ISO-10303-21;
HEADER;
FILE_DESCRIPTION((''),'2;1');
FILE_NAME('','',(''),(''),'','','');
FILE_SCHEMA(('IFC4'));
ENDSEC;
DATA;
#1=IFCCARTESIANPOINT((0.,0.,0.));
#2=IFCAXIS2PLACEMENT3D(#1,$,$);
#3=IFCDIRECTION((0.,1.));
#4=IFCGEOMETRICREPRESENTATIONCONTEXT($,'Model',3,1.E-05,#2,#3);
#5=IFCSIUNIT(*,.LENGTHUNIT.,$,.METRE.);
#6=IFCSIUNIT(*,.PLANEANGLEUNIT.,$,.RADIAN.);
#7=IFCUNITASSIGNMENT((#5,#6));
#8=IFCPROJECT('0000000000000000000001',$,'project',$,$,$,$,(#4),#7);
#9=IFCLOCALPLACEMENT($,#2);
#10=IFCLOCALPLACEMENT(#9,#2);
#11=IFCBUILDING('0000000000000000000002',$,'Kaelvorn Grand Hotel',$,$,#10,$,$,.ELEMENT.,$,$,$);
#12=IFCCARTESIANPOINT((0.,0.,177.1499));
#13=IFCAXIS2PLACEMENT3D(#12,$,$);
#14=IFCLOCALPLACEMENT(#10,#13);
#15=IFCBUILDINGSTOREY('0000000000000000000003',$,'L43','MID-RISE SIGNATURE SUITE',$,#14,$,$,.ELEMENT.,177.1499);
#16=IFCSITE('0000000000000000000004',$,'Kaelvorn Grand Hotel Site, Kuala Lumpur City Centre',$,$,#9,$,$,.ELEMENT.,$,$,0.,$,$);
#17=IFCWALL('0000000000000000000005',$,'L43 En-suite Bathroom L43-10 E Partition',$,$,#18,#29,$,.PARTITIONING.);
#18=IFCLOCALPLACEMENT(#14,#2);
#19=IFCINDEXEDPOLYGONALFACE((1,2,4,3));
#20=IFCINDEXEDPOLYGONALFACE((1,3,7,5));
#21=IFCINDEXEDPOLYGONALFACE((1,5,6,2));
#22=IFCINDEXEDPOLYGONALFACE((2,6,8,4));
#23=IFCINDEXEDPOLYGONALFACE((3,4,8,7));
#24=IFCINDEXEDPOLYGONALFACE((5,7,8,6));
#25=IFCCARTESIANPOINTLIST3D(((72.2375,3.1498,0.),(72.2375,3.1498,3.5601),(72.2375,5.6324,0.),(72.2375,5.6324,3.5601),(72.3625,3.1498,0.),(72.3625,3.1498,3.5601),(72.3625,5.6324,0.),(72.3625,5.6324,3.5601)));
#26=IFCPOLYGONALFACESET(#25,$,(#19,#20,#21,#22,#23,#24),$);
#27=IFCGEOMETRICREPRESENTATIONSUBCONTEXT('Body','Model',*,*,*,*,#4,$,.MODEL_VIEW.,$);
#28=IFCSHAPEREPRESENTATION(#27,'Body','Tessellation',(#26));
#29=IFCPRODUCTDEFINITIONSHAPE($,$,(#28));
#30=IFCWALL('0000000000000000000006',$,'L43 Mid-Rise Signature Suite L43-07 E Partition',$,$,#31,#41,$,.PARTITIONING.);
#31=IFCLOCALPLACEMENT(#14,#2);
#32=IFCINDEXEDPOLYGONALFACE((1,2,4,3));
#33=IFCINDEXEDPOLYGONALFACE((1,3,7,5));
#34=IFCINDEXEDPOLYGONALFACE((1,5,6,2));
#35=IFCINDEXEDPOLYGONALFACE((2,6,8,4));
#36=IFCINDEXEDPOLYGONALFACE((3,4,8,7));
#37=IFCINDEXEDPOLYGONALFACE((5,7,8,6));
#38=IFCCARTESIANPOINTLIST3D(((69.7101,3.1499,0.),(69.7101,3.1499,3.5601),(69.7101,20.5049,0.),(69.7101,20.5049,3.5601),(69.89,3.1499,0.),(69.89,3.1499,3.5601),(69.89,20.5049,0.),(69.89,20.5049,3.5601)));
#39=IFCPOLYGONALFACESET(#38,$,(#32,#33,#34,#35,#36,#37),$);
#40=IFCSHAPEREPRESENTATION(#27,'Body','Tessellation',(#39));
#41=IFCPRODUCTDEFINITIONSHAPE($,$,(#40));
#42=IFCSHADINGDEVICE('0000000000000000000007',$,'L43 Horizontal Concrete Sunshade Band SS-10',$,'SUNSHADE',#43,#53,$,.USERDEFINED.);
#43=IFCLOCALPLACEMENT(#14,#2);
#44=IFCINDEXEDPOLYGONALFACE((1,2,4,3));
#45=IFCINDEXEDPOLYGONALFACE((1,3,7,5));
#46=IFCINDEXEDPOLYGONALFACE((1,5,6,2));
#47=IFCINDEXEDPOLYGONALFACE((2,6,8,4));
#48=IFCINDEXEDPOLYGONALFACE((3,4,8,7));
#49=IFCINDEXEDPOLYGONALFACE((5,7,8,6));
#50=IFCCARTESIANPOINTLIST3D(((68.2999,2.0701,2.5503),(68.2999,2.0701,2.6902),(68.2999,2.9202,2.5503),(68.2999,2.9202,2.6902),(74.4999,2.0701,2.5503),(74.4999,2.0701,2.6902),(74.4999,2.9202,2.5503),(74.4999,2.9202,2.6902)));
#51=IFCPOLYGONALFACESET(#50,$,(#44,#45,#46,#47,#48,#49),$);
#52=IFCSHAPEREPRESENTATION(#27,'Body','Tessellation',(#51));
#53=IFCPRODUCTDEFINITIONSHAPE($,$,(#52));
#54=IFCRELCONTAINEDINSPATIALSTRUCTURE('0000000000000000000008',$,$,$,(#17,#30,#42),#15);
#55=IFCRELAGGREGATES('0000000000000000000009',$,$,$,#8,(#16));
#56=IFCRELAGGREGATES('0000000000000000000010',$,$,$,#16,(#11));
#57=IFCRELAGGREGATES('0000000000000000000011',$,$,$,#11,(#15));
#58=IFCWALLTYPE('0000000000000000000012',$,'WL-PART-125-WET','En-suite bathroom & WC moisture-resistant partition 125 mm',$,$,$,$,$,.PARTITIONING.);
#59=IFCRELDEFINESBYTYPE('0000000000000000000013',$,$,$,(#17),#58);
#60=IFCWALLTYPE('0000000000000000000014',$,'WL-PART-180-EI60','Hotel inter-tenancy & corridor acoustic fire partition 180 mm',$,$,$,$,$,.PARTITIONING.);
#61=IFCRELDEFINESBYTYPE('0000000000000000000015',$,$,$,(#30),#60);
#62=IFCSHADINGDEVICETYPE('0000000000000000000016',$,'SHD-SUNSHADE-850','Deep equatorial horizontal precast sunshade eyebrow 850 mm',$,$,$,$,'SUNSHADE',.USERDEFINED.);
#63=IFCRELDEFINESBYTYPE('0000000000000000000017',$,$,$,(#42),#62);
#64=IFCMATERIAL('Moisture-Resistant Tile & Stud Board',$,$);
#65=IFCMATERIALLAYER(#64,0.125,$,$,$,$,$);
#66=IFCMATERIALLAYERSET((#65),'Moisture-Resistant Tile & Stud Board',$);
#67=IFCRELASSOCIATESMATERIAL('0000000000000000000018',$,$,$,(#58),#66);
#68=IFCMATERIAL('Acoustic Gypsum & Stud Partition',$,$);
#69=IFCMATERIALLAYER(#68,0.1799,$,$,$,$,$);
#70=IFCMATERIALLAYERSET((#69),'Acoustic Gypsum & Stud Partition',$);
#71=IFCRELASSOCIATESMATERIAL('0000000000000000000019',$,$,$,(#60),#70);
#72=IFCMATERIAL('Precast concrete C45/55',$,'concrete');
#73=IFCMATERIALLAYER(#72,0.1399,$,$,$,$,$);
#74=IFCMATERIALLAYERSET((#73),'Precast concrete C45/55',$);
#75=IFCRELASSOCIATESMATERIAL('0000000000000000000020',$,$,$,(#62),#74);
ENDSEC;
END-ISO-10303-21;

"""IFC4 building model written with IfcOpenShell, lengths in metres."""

from ifc_helpers import new_model, si_unit, direction, frame, frame_2d, origin, origin_2d, place, context, subcontext, project, spatial, rectangle, extrude, material, layer, layer_set, type_object, element, save


model = new_model("IFC4")

# Units and contexts
model_context = context("Model", 3, precision=1e-05, world=origin(), true_north=direction((0.0, 1.0)))
body_context = subcontext(model_context, "Body", "Model", "MODEL_VIEW")
ifc_project = project(units=[si_unit("LENGTHUNIT", "METRE"), si_unit("PLANEANGLEUNIT", "RADIAN")], contexts=[model_context])

# Site, building, storey
site_placement = place(None, origin())
site = spatial("IfcSite", under=ifc_project, at=site_placement, Name="Kaelvorn Grand Hotel Site, Kuala Lumpur City Centre", CompositionType="ELEMENT", RefElevation=0.0)
building_placement = place(site_placement, origin())
building = spatial("IfcBuilding", under=site, at=building_placement, Name="Kaelvorn Grand Hotel", CompositionType="ELEMENT")
storey_placement = place(building_placement, frame((0.0, 0.0, 177.1499)))
storey = spatial("IfcBuildingStorey", under=building, at=storey_placement, Name="L43", Description="MID-RISE SIGNATURE SUITE", CompositionType="ELEMENT", Elevation=177.1499)

# Shared definitions
ifc_material_1 = material(Name="Precast concrete C45/55", Category="concrete")

# Shared definitions
ifc_material_2 = material(Name="Moisture-Resistant Tile & Stud Board")
ifc_layer_1 = layer(ifc_material_2, 0.125)
ifc_layer_set_1 = layer_set([ifc_layer_1], Name="Moisture-Resistant Tile & Stud Board")
wall_type_1 = type_object("IfcWallType", Name="WL-PART-125-WET", Description="En-suite bathroom & WC moisture-resistant partition 125 mm", PredefinedType="PARTITIONING", material=ifc_layer_set_1)

# Walls
wall_1_placement = place(storey_placement, frame((72.3, 3.1499, 0.0), z_axis=(0.0, 0.0, 1.0), x_axis=(0.0, 1.0, 0.0)))
element("IfcWall", 1, at=wall_1_placement, inside=storey, type_object=wall_type_1, Name="L43 En-suite Bathroom L43-10 E Partition", PredefinedType="PARTITIONING", context=body_context, shape_type="SweptSolid", body=[
    extrude(rectangle(XDim=2.4827, YDim=0.125, at=frame_2d((1.2412, 0.0))), origin(), (0.0, 0.0, 1.0), 3.5601),
])
ifc_material_3 = material(Name="Acoustic Gypsum & Stud Partition")
ifc_layer_2 = layer(ifc_material_3, 0.1799)
ifc_layer_set_2 = layer_set([ifc_layer_2], Name="Acoustic Gypsum & Stud Partition")
wall_type_2 = type_object("IfcWallType", Name="WL-PART-180-EI60", Description="Hotel inter-tenancy & corridor acoustic fire partition 180 mm", PredefinedType="PARTITIONING", material=ifc_layer_set_2)
wall_2_placement = place(storey_placement, frame((69.8, 3.1499, 0.0), z_axis=(0.0, 0.0, 1.0), x_axis=(0.0, 1.0, 0.0)))
element("IfcWall", 2, at=wall_2_placement, inside=storey, type_object=wall_type_2, Name="L43 Mid-Rise Signature Suite L43-07 E Partition", PredefinedType="PARTITIONING", context=body_context, shape_type="SweptSolid", body=[
    extrude(rectangle(XDim=17.355, YDim=0.1799, at=frame_2d((8.6775, 0.0))), origin(), (0.0, 0.0, 1.0), 3.5601),
])

# Shading device
ifc_layer_3 = layer(ifc_material_1, 0.1399)
ifc_layer_set_3 = layer_set([ifc_layer_3], Name="Precast concrete C45/55")
shading_device_type = type_object("IfcShadingDeviceType", Name="SHD-SUNSHADE-850", Description="Deep equatorial horizontal precast sunshade eyebrow 850 mm", ElementType="SUNSHADE", PredefinedType="USERDEFINED", material=ifc_layer_set_3)
shading_device_placement = place(storey_placement, frame((71.3999, 2.4951, 2.5503), z_axis=(0.0, 0.0, 1.0), x_axis=(1.0, 0.0, 0.0)))
element("IfcShadingDevice", 3, at=shading_device_placement, inside=storey, type_object=shading_device_type, Name="L43 Horizontal Concrete Sunshade Band SS-10", ObjectType="SUNSHADE", PredefinedType="USERDEFINED", context=body_context, shape_type="SweptSolid", body=[
    extrude(rectangle(XDim=6.2, YDim=0.8501, at=origin_2d()), origin(), (0.0, 0.0, 1.0), 0.1399),
])

save(model, "model.ifc")
